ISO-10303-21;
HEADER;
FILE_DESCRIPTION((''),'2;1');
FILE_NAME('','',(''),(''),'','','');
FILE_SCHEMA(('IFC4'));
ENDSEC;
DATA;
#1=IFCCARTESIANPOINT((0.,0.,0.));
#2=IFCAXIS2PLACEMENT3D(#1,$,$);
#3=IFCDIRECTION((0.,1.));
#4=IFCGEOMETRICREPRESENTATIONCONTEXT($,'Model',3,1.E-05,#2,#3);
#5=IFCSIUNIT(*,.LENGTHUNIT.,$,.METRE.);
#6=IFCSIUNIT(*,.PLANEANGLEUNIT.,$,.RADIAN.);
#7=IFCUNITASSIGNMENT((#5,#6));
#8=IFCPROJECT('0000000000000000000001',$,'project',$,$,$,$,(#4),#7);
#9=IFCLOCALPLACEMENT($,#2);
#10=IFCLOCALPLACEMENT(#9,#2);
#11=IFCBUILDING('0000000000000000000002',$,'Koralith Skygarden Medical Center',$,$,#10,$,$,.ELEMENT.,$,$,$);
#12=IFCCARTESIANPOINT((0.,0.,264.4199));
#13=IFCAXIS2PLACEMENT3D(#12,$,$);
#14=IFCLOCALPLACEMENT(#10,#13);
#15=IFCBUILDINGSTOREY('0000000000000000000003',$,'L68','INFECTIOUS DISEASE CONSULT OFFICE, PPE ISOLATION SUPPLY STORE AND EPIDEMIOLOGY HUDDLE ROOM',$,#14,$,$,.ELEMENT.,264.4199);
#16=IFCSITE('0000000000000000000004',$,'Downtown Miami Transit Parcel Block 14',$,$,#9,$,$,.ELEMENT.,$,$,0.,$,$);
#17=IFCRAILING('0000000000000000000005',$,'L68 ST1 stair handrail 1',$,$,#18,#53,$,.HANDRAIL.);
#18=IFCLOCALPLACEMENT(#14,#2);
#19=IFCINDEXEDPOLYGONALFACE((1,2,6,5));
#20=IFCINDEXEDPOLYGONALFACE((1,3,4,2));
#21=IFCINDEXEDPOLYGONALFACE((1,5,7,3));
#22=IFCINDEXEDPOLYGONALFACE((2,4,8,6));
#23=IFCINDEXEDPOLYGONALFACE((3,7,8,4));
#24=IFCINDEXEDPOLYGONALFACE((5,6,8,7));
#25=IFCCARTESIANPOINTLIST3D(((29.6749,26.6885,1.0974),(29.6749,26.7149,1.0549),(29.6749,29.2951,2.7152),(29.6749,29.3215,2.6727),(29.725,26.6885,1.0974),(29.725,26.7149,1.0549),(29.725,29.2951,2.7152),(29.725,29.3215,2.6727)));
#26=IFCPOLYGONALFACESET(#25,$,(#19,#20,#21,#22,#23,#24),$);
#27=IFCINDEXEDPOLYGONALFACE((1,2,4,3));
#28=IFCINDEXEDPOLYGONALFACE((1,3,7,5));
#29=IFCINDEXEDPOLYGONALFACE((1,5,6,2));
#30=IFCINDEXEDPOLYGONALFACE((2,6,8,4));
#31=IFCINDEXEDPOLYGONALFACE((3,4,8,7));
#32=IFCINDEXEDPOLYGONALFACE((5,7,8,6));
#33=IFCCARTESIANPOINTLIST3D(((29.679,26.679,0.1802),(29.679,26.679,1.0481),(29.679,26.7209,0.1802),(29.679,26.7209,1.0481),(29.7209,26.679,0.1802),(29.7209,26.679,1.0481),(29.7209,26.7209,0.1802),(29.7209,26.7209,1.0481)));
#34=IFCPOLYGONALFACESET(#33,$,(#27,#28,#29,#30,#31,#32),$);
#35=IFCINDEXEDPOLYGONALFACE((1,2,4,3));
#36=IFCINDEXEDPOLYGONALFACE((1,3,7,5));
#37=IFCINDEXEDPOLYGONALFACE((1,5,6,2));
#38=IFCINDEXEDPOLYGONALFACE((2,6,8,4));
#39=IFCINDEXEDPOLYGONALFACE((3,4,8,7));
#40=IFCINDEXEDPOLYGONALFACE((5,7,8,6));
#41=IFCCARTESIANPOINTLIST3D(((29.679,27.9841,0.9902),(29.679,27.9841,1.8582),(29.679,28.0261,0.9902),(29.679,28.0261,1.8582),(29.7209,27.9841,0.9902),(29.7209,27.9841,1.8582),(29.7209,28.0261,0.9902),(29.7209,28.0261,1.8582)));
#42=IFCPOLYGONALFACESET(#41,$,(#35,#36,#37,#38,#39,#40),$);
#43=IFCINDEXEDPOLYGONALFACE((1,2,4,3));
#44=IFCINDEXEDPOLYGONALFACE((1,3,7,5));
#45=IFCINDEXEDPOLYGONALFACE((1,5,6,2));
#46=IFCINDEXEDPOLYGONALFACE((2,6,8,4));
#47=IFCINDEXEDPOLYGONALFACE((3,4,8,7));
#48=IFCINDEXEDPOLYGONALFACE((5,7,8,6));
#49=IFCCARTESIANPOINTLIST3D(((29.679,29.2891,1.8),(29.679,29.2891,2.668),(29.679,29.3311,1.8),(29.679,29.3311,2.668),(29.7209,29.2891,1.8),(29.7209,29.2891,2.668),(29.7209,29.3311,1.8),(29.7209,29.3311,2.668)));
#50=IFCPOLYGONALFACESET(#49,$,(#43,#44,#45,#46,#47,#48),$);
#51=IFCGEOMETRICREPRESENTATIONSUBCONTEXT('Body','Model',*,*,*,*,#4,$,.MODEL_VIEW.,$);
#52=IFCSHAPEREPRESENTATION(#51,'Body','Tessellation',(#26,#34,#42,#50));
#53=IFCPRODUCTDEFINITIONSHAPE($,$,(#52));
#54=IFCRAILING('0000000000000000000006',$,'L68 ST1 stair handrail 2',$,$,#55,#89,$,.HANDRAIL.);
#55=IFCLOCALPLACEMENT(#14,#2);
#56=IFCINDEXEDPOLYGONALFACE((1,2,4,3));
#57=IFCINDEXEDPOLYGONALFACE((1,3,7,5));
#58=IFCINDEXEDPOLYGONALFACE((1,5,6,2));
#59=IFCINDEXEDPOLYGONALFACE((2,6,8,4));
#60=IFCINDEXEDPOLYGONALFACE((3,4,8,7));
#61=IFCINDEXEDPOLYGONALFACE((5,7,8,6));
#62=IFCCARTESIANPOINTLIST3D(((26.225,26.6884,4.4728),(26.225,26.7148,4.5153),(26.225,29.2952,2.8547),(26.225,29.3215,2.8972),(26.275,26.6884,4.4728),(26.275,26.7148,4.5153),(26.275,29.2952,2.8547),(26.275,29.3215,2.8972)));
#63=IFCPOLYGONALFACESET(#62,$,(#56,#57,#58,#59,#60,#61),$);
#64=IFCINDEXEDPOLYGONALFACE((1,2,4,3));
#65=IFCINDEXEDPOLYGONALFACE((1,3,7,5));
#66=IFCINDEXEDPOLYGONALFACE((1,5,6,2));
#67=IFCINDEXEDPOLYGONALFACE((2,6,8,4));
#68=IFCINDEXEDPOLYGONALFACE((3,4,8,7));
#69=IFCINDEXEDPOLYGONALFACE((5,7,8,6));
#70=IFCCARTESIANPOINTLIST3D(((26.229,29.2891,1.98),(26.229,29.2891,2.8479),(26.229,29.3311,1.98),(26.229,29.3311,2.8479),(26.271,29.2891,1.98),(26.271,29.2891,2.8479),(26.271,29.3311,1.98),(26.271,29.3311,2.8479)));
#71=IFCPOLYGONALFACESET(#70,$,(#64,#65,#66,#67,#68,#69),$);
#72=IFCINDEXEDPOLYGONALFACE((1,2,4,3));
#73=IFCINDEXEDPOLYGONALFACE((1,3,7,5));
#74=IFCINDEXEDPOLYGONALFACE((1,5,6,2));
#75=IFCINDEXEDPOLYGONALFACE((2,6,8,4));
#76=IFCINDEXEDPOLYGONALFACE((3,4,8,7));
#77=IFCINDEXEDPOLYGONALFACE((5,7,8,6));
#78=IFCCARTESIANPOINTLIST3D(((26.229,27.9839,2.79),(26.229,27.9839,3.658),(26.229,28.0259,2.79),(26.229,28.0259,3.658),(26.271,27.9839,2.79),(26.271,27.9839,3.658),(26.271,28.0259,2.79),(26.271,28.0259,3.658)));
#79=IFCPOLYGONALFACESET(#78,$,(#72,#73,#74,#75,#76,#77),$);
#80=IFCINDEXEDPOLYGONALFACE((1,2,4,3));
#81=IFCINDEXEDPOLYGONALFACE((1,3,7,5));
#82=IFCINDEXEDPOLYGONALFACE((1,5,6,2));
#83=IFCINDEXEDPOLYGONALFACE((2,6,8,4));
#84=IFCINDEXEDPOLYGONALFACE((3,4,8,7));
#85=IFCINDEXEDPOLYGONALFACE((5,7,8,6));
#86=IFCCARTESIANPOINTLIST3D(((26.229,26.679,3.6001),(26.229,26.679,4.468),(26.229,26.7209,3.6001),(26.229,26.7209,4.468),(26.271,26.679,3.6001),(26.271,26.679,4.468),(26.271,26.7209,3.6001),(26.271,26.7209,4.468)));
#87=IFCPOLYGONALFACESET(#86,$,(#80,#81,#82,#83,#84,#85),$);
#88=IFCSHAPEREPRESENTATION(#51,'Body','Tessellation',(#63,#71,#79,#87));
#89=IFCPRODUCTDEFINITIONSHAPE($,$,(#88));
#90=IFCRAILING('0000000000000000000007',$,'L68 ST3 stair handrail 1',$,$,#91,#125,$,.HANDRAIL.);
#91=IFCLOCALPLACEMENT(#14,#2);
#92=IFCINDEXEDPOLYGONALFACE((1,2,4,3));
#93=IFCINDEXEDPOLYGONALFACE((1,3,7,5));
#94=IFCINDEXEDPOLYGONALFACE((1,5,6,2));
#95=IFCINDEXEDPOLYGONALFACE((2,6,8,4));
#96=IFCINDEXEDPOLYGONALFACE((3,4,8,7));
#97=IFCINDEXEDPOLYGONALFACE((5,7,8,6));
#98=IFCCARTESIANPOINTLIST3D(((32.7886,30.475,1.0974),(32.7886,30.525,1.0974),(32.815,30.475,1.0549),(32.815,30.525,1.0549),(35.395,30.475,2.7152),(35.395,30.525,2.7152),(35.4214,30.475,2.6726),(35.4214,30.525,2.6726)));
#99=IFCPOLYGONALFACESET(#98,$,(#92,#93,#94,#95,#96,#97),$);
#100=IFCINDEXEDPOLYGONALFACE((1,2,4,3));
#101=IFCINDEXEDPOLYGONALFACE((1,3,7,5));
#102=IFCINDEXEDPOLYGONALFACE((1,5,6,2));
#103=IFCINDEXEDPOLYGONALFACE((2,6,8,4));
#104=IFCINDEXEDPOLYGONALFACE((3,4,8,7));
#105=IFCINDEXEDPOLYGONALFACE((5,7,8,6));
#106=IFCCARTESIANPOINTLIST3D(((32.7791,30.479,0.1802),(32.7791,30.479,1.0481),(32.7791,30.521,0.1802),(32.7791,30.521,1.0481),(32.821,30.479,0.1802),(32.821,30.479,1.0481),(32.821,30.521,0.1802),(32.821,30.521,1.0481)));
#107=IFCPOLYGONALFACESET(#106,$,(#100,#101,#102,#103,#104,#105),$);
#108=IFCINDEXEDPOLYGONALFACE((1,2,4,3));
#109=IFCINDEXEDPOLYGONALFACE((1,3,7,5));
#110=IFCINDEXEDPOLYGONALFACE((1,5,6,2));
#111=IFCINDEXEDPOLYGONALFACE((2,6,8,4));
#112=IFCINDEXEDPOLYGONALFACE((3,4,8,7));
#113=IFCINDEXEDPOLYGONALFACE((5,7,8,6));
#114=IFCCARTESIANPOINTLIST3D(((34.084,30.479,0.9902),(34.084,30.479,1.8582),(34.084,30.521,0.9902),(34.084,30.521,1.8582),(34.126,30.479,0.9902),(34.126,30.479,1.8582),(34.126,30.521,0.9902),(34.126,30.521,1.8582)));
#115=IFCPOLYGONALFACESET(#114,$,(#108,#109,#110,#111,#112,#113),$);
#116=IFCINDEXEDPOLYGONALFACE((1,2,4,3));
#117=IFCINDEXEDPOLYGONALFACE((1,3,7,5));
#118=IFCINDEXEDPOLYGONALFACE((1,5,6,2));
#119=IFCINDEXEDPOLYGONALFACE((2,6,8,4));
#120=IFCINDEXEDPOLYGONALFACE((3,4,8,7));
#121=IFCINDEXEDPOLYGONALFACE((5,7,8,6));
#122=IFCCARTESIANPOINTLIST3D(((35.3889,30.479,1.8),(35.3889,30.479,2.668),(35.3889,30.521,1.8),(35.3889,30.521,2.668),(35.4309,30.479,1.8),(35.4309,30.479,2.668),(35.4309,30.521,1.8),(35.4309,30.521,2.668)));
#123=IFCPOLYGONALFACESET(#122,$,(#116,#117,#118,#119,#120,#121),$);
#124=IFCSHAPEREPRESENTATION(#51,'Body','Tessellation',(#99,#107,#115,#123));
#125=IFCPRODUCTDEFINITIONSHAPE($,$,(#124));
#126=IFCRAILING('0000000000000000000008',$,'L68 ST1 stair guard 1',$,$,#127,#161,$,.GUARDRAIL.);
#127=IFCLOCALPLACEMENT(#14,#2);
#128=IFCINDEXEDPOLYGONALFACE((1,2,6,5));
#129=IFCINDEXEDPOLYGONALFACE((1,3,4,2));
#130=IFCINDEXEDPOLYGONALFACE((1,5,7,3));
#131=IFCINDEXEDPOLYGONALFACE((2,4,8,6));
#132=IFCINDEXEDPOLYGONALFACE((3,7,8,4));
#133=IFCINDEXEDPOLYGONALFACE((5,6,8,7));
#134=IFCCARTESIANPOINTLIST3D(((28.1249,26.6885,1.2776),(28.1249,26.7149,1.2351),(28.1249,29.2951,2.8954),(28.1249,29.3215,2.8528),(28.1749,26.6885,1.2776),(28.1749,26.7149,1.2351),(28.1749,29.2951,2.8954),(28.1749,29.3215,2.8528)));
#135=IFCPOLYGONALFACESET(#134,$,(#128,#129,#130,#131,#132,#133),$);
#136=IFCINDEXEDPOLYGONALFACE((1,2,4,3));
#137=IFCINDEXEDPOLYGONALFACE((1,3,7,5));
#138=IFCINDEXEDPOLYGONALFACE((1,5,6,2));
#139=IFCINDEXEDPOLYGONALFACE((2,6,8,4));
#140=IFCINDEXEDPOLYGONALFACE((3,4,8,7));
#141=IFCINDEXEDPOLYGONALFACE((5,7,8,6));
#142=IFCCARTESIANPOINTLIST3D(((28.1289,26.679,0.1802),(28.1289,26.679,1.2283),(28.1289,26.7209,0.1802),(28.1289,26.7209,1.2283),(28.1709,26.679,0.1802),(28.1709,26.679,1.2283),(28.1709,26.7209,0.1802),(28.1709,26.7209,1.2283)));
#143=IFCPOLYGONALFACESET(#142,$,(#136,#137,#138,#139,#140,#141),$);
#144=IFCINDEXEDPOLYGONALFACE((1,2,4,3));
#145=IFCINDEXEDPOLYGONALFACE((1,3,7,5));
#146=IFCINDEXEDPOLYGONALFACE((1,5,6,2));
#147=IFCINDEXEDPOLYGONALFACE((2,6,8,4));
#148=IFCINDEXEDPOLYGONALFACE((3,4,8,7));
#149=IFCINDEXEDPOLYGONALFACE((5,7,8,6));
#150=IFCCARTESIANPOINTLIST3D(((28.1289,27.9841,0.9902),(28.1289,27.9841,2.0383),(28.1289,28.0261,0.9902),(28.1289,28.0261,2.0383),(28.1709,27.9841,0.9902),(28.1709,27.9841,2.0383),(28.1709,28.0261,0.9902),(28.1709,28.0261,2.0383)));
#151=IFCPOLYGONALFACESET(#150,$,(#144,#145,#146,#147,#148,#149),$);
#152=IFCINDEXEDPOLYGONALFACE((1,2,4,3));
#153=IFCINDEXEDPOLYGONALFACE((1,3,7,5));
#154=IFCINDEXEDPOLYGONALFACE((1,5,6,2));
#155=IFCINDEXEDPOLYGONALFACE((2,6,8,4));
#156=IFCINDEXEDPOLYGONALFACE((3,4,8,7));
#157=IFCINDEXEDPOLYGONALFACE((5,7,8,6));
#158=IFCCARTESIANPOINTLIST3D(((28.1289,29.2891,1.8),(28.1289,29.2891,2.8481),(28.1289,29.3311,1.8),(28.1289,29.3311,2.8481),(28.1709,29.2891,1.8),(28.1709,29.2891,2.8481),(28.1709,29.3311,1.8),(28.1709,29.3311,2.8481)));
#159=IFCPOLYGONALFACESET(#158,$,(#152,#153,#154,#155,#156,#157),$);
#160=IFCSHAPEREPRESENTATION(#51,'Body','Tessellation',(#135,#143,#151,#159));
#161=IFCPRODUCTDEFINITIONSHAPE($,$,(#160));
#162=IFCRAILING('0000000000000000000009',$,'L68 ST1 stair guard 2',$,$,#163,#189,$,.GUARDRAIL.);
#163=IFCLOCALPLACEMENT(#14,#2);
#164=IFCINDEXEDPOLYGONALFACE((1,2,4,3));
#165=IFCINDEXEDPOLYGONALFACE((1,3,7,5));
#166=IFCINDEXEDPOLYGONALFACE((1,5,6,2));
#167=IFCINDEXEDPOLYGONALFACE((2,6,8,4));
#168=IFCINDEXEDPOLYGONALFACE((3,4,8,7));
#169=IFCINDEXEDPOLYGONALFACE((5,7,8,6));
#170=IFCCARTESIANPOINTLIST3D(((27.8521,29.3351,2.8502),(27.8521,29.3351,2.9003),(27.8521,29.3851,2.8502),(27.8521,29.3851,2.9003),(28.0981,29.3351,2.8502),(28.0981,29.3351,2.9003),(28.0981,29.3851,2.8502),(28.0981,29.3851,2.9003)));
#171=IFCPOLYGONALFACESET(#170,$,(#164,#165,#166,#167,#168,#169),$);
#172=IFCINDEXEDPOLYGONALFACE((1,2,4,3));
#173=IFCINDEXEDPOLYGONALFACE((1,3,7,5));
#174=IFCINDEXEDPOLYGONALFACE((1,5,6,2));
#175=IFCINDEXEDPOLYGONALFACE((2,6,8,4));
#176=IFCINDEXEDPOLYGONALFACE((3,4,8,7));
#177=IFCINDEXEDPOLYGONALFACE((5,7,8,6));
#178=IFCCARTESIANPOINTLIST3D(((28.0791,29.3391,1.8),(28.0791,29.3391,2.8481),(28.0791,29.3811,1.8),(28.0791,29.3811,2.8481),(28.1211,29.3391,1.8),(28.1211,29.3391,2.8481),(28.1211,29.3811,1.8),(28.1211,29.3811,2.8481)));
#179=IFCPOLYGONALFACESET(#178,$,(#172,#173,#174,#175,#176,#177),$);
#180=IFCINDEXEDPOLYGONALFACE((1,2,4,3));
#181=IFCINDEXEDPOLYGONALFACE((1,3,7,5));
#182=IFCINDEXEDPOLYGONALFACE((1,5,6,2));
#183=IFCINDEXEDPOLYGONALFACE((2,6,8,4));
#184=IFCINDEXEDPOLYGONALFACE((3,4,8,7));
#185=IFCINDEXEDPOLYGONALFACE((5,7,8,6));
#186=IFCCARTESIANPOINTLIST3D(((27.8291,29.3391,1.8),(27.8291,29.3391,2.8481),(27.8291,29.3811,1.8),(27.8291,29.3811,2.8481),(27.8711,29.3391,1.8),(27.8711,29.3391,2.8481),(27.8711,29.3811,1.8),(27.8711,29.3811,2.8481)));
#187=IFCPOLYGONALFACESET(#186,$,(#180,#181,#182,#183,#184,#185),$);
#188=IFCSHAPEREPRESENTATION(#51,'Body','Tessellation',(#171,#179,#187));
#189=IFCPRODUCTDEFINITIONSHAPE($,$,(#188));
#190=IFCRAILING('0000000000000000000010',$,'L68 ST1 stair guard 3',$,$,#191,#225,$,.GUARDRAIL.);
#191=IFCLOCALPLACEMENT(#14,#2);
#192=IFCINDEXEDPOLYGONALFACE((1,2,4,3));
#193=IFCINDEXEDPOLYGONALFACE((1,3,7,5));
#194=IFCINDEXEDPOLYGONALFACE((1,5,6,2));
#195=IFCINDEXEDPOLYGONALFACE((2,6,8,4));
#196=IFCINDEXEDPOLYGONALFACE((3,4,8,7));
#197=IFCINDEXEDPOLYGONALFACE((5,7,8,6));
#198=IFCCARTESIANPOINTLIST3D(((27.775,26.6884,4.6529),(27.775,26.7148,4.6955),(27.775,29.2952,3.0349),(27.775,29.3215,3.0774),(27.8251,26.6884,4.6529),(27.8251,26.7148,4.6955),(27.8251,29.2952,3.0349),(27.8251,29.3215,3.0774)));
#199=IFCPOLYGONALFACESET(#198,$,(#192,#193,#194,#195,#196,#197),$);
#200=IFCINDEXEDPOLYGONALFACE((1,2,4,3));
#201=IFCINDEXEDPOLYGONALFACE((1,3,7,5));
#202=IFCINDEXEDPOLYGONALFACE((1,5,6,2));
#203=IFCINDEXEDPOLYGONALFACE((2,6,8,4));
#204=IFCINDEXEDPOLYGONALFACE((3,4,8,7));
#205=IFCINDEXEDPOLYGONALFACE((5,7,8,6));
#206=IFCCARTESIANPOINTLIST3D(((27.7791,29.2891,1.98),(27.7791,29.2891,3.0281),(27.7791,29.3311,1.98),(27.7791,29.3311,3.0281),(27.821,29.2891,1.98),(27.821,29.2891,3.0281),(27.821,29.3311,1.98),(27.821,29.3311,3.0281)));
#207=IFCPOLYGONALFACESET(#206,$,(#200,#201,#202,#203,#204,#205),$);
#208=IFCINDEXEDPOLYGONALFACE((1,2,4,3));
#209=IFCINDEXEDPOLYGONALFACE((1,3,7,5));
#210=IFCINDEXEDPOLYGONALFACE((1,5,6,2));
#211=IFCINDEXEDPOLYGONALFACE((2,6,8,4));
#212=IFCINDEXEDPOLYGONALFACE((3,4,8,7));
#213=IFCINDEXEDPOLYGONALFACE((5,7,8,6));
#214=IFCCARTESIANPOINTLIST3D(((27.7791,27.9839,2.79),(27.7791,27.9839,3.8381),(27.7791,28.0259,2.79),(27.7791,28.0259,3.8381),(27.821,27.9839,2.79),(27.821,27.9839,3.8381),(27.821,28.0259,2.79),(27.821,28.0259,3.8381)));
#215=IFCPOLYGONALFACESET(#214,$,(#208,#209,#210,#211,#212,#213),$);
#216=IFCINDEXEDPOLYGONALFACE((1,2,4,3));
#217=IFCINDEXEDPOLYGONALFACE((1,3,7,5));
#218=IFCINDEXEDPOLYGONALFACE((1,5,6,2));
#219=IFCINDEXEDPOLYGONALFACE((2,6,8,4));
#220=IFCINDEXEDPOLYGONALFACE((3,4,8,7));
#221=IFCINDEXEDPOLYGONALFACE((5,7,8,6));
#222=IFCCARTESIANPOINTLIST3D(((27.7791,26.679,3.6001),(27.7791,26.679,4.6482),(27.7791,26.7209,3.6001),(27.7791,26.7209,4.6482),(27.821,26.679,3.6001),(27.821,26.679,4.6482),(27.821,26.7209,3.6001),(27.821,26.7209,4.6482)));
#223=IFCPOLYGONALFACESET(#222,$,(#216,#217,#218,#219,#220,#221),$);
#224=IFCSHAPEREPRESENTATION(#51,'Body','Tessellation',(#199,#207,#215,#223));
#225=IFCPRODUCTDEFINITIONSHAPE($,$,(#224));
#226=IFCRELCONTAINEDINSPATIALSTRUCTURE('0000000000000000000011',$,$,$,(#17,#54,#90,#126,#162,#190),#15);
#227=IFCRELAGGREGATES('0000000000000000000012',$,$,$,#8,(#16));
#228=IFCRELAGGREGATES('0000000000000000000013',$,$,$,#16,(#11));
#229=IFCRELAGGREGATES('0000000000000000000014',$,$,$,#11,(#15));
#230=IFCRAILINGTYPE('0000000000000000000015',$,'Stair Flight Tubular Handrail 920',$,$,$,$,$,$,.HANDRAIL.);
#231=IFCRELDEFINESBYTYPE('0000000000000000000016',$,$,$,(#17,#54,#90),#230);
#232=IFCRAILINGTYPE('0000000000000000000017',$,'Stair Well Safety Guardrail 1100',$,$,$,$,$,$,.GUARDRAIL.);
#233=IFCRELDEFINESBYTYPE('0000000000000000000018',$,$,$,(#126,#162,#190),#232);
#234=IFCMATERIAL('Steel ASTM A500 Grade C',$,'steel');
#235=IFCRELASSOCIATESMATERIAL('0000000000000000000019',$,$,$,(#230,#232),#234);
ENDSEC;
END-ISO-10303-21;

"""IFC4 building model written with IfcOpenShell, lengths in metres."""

from ifc_helpers import new_model, si_unit, direction, frame, origin, origin_2d, place, context, subcontext, project, spatial, rectangle, extrude, material, type_object, element, save


model = new_model("IFC4")

# Units and contexts
model_context = context("Model", 3, precision=1e-05, world=origin(), true_north=direction((0.0, 1.0)))
body_context = subcontext(model_context, "Body", "Model", "MODEL_VIEW")
ifc_project = project(units=[si_unit("LENGTHUNIT", "METRE"), si_unit("PLANEANGLEUNIT", "RADIAN")], contexts=[model_context])

# Site, building, storey
site_placement = place(None, origin())
site = spatial("IfcSite", under=ifc_project, at=site_placement, Name="Downtown Miami Transit Parcel Block 14", CompositionType="ELEMENT", RefElevation=0.0)
building_placement = place(site_placement, origin())
building = spatial("IfcBuilding", under=site, at=building_placement, Name="Koralith Skygarden Medical Center", CompositionType="ELEMENT")
storey_placement = place(building_placement, frame((0.0, 0.0, 264.4199)))
storey = spatial("IfcBuildingStorey", under=building, at=storey_placement, Name="L68", Description="INFECTIOUS DISEASE CONSULT OFFICE, PPE ISOLATION SUPPLY STORE AND EPIDEMIOLOGY HUDDLE ROOM", CompositionType="ELEMENT", Elevation=264.4199)

# Railings
ifc_material_1 = material(Name="Steel ASTM A500 Grade C", Category="steel")
railing_type_1 = type_object("IfcRailingType", Name="Stair Flight Tubular Handrail 920", PredefinedType="HANDRAIL", material=ifc_material_1)
railing_1_placement = place(storey_placement, frame((29.7, 26.7, 0.1802)))
element("IfcRailing", 1, at=railing_1_placement, inside=storey, type_object=railing_type_1, Name="L68 ST1 stair handrail 1", PredefinedType="HANDRAIL", context=body_context, shape_type="SweptSolid", body=[
    extrude(rectangle(XDim=0.05, YDim=0.05, at=origin_2d()), frame((0.0, 0.0017, 0.896), z_axis=(0.0, 0.849668, 0.527317), x_axis=(-1.0, 0.0, 0.0)), (0.0, 0.0, 1.0), 3.0679),
    extrude(rectangle(XDim=0.042, YDim=0.042, at=origin_2d()), origin(), (0.0, 0.0, 1.0), 0.8679),
    extrude(rectangle(XDim=0.042, YDim=0.042, at=origin_2d()), frame((0.0, 1.3052, 0.8101)), (0.0, 0.0, 1.0), 0.8679),
    extrude(rectangle(XDim=0.042, YDim=0.042, at=origin_2d()), frame((0.0, 2.6101, 1.6199)), (0.0, 0.0, 1.0), 0.8679),
])
railing_2_placement = place(storey_placement, frame((26.25, 29.3101, 1.98)))
element("IfcRailing", 2, at=railing_2_placement, inside=storey, type_object=railing_type_1, Name="L68 ST1 stair handrail 2", PredefinedType="HANDRAIL", context=body_context, shape_type="SweptSolid", body=[
    extrude(rectangle(XDim=0.05, YDim=0.05, at=origin_2d()), frame((0.0, -0.0017, 0.896), z_axis=(0.0, -0.849633, 0.527375), x_axis=(1.0, 0.0, 0.0)), (0.0, 0.0, 1.0), 3.0681),
    extrude(rectangle(XDim=0.042, YDim=0.042, at=origin_2d()), origin(), (0.0, 0.0, 1.0), 0.8679),
    extrude(rectangle(XDim=0.042, YDim=0.042, at=origin_2d()), frame((0.0, -1.3052, 0.8101)), (0.0, 0.0, 1.0), 0.8679),
    extrude(rectangle(XDim=0.042, YDim=0.042, at=origin_2d()), frame((0.0, -2.6101, 1.6201)), (0.0, 0.0, 1.0), 0.8679),
])
railing_3_placement = place(storey_placement, frame((32.8, 30.5, 0.1802)))
element("IfcRailing", 3, at=railing_3_placement, inside=storey, type_object=railing_type_1, Name="L68 ST3 stair handrail 1", PredefinedType="HANDRAIL", context=body_context, shape_type="SweptSolid", body=[
    extrude(rectangle(XDim=0.05, YDim=0.05, at=origin_2d()), frame((0.0017, 0.0, 0.896), z_axis=(0.849646, 0.0, 0.527353), x_axis=(0.0, 1.0, 0.0)), (0.0, 0.0, 1.0), 3.0676),
    extrude(rectangle(XDim=0.042, YDim=0.042, at=origin_2d()), origin(), (0.0, 0.0, 1.0), 0.8679),
    extrude(rectangle(XDim=0.042, YDim=0.042, at=origin_2d()), frame((1.3049, 0.0, 0.8101)), (0.0, 0.0, 1.0), 0.8679),
    extrude(rectangle(XDim=0.042, YDim=0.042, at=origin_2d()), frame((2.6099, 0.0, 1.6199)), (0.0, 0.0, 1.0), 0.8679),
])
railing_type_2 = type_object("IfcRailingType", Name="Stair Well Safety Guardrail 1100", PredefinedType="GUARDRAIL", material=ifc_material_1)
railing_4_placement = place(storey_placement, frame((28.1499, 26.7, 0.1802)))
element("IfcRailing", 4, at=railing_4_placement, inside=storey, type_object=railing_type_2, Name="L68 ST1 stair guard 1", PredefinedType="GUARDRAIL", context=body_context, shape_type="SweptSolid", body=[
    extrude(rectangle(XDim=0.05, YDim=0.05, at=origin_2d()), frame((0.0, 0.0017, 1.0762), z_axis=(0.0, 0.849668, 0.527317), x_axis=(-1.0, 0.0, 0.0)), (0.0, 0.0, 1.0), 3.0679),
    extrude(rectangle(XDim=0.042, YDim=0.042, at=origin_2d()), origin(), (0.0, 0.0, 1.0), 1.0481),
    extrude(rectangle(XDim=0.042, YDim=0.042, at=origin_2d()), frame((0.0, 1.3052, 0.8101)), (0.0, 0.0, 1.0), 1.0481),
    extrude(rectangle(XDim=0.042, YDim=0.042, at=origin_2d()), frame((0.0, 2.6101, 1.6199)), (0.0, 0.0, 1.0), 1.0481),
])
railing_5_placement = place(storey_placement, frame((28.1001, 29.3601, 1.8)))
element("IfcRailing", 5, at=railing_5_placement, inside=storey, type_object=railing_type_2, Name="L68 ST1 stair guard 2", PredefinedType="GUARDRAIL", context=body_context, shape_type="SweptSolid", body=[
    extrude(rectangle(XDim=0.05, YDim=0.05, at=origin_2d()), frame((-0.002, 0.0, 1.0752), z_axis=(-1.0, 0.0, 0.0), x_axis=(0.0, -1.0, 0.0)), (0.0, 0.0, 1.0), 0.2461),
    extrude(rectangle(XDim=0.042, YDim=0.042, at=origin_2d()), origin(), (0.0, 0.0, 1.0), 1.0481),
    extrude(rectangle(XDim=0.042, YDim=0.042, at=origin_2d()), frame((-0.25, 0.0, 0.0)), (0.0, 0.0, 1.0), 1.0481),
])
railing_6_placement = place(storey_placement, frame((27.8, 29.3101, 1.98)))
element("IfcRailing", 6, at=railing_6_placement, inside=storey, type_object=railing_type_2, Name="L68 ST1 stair guard 3", PredefinedType="GUARDRAIL", context=body_context, shape_type="SweptSolid", body=[
    extrude(rectangle(XDim=0.05, YDim=0.05, at=origin_2d()), frame((0.0, -0.0017, 1.0762), z_axis=(0.0, -0.849633, 0.527375), x_axis=(1.0, 0.0, 0.0)), (0.0, 0.0, 1.0), 3.0681),
    extrude(rectangle(XDim=0.042, YDim=0.042, at=origin_2d()), origin(), (0.0, 0.0, 1.0), 1.0481),
    extrude(rectangle(XDim=0.042, YDim=0.042, at=origin_2d()), frame((0.0, -1.3052, 0.8101)), (0.0, 0.0, 1.0), 1.0481),
    extrude(rectangle(XDim=0.042, YDim=0.042, at=origin_2d()), frame((0.0, -2.6101, 1.6201)), (0.0, 0.0, 1.0), 1.0481),
])

save(model, "model.ifc")
